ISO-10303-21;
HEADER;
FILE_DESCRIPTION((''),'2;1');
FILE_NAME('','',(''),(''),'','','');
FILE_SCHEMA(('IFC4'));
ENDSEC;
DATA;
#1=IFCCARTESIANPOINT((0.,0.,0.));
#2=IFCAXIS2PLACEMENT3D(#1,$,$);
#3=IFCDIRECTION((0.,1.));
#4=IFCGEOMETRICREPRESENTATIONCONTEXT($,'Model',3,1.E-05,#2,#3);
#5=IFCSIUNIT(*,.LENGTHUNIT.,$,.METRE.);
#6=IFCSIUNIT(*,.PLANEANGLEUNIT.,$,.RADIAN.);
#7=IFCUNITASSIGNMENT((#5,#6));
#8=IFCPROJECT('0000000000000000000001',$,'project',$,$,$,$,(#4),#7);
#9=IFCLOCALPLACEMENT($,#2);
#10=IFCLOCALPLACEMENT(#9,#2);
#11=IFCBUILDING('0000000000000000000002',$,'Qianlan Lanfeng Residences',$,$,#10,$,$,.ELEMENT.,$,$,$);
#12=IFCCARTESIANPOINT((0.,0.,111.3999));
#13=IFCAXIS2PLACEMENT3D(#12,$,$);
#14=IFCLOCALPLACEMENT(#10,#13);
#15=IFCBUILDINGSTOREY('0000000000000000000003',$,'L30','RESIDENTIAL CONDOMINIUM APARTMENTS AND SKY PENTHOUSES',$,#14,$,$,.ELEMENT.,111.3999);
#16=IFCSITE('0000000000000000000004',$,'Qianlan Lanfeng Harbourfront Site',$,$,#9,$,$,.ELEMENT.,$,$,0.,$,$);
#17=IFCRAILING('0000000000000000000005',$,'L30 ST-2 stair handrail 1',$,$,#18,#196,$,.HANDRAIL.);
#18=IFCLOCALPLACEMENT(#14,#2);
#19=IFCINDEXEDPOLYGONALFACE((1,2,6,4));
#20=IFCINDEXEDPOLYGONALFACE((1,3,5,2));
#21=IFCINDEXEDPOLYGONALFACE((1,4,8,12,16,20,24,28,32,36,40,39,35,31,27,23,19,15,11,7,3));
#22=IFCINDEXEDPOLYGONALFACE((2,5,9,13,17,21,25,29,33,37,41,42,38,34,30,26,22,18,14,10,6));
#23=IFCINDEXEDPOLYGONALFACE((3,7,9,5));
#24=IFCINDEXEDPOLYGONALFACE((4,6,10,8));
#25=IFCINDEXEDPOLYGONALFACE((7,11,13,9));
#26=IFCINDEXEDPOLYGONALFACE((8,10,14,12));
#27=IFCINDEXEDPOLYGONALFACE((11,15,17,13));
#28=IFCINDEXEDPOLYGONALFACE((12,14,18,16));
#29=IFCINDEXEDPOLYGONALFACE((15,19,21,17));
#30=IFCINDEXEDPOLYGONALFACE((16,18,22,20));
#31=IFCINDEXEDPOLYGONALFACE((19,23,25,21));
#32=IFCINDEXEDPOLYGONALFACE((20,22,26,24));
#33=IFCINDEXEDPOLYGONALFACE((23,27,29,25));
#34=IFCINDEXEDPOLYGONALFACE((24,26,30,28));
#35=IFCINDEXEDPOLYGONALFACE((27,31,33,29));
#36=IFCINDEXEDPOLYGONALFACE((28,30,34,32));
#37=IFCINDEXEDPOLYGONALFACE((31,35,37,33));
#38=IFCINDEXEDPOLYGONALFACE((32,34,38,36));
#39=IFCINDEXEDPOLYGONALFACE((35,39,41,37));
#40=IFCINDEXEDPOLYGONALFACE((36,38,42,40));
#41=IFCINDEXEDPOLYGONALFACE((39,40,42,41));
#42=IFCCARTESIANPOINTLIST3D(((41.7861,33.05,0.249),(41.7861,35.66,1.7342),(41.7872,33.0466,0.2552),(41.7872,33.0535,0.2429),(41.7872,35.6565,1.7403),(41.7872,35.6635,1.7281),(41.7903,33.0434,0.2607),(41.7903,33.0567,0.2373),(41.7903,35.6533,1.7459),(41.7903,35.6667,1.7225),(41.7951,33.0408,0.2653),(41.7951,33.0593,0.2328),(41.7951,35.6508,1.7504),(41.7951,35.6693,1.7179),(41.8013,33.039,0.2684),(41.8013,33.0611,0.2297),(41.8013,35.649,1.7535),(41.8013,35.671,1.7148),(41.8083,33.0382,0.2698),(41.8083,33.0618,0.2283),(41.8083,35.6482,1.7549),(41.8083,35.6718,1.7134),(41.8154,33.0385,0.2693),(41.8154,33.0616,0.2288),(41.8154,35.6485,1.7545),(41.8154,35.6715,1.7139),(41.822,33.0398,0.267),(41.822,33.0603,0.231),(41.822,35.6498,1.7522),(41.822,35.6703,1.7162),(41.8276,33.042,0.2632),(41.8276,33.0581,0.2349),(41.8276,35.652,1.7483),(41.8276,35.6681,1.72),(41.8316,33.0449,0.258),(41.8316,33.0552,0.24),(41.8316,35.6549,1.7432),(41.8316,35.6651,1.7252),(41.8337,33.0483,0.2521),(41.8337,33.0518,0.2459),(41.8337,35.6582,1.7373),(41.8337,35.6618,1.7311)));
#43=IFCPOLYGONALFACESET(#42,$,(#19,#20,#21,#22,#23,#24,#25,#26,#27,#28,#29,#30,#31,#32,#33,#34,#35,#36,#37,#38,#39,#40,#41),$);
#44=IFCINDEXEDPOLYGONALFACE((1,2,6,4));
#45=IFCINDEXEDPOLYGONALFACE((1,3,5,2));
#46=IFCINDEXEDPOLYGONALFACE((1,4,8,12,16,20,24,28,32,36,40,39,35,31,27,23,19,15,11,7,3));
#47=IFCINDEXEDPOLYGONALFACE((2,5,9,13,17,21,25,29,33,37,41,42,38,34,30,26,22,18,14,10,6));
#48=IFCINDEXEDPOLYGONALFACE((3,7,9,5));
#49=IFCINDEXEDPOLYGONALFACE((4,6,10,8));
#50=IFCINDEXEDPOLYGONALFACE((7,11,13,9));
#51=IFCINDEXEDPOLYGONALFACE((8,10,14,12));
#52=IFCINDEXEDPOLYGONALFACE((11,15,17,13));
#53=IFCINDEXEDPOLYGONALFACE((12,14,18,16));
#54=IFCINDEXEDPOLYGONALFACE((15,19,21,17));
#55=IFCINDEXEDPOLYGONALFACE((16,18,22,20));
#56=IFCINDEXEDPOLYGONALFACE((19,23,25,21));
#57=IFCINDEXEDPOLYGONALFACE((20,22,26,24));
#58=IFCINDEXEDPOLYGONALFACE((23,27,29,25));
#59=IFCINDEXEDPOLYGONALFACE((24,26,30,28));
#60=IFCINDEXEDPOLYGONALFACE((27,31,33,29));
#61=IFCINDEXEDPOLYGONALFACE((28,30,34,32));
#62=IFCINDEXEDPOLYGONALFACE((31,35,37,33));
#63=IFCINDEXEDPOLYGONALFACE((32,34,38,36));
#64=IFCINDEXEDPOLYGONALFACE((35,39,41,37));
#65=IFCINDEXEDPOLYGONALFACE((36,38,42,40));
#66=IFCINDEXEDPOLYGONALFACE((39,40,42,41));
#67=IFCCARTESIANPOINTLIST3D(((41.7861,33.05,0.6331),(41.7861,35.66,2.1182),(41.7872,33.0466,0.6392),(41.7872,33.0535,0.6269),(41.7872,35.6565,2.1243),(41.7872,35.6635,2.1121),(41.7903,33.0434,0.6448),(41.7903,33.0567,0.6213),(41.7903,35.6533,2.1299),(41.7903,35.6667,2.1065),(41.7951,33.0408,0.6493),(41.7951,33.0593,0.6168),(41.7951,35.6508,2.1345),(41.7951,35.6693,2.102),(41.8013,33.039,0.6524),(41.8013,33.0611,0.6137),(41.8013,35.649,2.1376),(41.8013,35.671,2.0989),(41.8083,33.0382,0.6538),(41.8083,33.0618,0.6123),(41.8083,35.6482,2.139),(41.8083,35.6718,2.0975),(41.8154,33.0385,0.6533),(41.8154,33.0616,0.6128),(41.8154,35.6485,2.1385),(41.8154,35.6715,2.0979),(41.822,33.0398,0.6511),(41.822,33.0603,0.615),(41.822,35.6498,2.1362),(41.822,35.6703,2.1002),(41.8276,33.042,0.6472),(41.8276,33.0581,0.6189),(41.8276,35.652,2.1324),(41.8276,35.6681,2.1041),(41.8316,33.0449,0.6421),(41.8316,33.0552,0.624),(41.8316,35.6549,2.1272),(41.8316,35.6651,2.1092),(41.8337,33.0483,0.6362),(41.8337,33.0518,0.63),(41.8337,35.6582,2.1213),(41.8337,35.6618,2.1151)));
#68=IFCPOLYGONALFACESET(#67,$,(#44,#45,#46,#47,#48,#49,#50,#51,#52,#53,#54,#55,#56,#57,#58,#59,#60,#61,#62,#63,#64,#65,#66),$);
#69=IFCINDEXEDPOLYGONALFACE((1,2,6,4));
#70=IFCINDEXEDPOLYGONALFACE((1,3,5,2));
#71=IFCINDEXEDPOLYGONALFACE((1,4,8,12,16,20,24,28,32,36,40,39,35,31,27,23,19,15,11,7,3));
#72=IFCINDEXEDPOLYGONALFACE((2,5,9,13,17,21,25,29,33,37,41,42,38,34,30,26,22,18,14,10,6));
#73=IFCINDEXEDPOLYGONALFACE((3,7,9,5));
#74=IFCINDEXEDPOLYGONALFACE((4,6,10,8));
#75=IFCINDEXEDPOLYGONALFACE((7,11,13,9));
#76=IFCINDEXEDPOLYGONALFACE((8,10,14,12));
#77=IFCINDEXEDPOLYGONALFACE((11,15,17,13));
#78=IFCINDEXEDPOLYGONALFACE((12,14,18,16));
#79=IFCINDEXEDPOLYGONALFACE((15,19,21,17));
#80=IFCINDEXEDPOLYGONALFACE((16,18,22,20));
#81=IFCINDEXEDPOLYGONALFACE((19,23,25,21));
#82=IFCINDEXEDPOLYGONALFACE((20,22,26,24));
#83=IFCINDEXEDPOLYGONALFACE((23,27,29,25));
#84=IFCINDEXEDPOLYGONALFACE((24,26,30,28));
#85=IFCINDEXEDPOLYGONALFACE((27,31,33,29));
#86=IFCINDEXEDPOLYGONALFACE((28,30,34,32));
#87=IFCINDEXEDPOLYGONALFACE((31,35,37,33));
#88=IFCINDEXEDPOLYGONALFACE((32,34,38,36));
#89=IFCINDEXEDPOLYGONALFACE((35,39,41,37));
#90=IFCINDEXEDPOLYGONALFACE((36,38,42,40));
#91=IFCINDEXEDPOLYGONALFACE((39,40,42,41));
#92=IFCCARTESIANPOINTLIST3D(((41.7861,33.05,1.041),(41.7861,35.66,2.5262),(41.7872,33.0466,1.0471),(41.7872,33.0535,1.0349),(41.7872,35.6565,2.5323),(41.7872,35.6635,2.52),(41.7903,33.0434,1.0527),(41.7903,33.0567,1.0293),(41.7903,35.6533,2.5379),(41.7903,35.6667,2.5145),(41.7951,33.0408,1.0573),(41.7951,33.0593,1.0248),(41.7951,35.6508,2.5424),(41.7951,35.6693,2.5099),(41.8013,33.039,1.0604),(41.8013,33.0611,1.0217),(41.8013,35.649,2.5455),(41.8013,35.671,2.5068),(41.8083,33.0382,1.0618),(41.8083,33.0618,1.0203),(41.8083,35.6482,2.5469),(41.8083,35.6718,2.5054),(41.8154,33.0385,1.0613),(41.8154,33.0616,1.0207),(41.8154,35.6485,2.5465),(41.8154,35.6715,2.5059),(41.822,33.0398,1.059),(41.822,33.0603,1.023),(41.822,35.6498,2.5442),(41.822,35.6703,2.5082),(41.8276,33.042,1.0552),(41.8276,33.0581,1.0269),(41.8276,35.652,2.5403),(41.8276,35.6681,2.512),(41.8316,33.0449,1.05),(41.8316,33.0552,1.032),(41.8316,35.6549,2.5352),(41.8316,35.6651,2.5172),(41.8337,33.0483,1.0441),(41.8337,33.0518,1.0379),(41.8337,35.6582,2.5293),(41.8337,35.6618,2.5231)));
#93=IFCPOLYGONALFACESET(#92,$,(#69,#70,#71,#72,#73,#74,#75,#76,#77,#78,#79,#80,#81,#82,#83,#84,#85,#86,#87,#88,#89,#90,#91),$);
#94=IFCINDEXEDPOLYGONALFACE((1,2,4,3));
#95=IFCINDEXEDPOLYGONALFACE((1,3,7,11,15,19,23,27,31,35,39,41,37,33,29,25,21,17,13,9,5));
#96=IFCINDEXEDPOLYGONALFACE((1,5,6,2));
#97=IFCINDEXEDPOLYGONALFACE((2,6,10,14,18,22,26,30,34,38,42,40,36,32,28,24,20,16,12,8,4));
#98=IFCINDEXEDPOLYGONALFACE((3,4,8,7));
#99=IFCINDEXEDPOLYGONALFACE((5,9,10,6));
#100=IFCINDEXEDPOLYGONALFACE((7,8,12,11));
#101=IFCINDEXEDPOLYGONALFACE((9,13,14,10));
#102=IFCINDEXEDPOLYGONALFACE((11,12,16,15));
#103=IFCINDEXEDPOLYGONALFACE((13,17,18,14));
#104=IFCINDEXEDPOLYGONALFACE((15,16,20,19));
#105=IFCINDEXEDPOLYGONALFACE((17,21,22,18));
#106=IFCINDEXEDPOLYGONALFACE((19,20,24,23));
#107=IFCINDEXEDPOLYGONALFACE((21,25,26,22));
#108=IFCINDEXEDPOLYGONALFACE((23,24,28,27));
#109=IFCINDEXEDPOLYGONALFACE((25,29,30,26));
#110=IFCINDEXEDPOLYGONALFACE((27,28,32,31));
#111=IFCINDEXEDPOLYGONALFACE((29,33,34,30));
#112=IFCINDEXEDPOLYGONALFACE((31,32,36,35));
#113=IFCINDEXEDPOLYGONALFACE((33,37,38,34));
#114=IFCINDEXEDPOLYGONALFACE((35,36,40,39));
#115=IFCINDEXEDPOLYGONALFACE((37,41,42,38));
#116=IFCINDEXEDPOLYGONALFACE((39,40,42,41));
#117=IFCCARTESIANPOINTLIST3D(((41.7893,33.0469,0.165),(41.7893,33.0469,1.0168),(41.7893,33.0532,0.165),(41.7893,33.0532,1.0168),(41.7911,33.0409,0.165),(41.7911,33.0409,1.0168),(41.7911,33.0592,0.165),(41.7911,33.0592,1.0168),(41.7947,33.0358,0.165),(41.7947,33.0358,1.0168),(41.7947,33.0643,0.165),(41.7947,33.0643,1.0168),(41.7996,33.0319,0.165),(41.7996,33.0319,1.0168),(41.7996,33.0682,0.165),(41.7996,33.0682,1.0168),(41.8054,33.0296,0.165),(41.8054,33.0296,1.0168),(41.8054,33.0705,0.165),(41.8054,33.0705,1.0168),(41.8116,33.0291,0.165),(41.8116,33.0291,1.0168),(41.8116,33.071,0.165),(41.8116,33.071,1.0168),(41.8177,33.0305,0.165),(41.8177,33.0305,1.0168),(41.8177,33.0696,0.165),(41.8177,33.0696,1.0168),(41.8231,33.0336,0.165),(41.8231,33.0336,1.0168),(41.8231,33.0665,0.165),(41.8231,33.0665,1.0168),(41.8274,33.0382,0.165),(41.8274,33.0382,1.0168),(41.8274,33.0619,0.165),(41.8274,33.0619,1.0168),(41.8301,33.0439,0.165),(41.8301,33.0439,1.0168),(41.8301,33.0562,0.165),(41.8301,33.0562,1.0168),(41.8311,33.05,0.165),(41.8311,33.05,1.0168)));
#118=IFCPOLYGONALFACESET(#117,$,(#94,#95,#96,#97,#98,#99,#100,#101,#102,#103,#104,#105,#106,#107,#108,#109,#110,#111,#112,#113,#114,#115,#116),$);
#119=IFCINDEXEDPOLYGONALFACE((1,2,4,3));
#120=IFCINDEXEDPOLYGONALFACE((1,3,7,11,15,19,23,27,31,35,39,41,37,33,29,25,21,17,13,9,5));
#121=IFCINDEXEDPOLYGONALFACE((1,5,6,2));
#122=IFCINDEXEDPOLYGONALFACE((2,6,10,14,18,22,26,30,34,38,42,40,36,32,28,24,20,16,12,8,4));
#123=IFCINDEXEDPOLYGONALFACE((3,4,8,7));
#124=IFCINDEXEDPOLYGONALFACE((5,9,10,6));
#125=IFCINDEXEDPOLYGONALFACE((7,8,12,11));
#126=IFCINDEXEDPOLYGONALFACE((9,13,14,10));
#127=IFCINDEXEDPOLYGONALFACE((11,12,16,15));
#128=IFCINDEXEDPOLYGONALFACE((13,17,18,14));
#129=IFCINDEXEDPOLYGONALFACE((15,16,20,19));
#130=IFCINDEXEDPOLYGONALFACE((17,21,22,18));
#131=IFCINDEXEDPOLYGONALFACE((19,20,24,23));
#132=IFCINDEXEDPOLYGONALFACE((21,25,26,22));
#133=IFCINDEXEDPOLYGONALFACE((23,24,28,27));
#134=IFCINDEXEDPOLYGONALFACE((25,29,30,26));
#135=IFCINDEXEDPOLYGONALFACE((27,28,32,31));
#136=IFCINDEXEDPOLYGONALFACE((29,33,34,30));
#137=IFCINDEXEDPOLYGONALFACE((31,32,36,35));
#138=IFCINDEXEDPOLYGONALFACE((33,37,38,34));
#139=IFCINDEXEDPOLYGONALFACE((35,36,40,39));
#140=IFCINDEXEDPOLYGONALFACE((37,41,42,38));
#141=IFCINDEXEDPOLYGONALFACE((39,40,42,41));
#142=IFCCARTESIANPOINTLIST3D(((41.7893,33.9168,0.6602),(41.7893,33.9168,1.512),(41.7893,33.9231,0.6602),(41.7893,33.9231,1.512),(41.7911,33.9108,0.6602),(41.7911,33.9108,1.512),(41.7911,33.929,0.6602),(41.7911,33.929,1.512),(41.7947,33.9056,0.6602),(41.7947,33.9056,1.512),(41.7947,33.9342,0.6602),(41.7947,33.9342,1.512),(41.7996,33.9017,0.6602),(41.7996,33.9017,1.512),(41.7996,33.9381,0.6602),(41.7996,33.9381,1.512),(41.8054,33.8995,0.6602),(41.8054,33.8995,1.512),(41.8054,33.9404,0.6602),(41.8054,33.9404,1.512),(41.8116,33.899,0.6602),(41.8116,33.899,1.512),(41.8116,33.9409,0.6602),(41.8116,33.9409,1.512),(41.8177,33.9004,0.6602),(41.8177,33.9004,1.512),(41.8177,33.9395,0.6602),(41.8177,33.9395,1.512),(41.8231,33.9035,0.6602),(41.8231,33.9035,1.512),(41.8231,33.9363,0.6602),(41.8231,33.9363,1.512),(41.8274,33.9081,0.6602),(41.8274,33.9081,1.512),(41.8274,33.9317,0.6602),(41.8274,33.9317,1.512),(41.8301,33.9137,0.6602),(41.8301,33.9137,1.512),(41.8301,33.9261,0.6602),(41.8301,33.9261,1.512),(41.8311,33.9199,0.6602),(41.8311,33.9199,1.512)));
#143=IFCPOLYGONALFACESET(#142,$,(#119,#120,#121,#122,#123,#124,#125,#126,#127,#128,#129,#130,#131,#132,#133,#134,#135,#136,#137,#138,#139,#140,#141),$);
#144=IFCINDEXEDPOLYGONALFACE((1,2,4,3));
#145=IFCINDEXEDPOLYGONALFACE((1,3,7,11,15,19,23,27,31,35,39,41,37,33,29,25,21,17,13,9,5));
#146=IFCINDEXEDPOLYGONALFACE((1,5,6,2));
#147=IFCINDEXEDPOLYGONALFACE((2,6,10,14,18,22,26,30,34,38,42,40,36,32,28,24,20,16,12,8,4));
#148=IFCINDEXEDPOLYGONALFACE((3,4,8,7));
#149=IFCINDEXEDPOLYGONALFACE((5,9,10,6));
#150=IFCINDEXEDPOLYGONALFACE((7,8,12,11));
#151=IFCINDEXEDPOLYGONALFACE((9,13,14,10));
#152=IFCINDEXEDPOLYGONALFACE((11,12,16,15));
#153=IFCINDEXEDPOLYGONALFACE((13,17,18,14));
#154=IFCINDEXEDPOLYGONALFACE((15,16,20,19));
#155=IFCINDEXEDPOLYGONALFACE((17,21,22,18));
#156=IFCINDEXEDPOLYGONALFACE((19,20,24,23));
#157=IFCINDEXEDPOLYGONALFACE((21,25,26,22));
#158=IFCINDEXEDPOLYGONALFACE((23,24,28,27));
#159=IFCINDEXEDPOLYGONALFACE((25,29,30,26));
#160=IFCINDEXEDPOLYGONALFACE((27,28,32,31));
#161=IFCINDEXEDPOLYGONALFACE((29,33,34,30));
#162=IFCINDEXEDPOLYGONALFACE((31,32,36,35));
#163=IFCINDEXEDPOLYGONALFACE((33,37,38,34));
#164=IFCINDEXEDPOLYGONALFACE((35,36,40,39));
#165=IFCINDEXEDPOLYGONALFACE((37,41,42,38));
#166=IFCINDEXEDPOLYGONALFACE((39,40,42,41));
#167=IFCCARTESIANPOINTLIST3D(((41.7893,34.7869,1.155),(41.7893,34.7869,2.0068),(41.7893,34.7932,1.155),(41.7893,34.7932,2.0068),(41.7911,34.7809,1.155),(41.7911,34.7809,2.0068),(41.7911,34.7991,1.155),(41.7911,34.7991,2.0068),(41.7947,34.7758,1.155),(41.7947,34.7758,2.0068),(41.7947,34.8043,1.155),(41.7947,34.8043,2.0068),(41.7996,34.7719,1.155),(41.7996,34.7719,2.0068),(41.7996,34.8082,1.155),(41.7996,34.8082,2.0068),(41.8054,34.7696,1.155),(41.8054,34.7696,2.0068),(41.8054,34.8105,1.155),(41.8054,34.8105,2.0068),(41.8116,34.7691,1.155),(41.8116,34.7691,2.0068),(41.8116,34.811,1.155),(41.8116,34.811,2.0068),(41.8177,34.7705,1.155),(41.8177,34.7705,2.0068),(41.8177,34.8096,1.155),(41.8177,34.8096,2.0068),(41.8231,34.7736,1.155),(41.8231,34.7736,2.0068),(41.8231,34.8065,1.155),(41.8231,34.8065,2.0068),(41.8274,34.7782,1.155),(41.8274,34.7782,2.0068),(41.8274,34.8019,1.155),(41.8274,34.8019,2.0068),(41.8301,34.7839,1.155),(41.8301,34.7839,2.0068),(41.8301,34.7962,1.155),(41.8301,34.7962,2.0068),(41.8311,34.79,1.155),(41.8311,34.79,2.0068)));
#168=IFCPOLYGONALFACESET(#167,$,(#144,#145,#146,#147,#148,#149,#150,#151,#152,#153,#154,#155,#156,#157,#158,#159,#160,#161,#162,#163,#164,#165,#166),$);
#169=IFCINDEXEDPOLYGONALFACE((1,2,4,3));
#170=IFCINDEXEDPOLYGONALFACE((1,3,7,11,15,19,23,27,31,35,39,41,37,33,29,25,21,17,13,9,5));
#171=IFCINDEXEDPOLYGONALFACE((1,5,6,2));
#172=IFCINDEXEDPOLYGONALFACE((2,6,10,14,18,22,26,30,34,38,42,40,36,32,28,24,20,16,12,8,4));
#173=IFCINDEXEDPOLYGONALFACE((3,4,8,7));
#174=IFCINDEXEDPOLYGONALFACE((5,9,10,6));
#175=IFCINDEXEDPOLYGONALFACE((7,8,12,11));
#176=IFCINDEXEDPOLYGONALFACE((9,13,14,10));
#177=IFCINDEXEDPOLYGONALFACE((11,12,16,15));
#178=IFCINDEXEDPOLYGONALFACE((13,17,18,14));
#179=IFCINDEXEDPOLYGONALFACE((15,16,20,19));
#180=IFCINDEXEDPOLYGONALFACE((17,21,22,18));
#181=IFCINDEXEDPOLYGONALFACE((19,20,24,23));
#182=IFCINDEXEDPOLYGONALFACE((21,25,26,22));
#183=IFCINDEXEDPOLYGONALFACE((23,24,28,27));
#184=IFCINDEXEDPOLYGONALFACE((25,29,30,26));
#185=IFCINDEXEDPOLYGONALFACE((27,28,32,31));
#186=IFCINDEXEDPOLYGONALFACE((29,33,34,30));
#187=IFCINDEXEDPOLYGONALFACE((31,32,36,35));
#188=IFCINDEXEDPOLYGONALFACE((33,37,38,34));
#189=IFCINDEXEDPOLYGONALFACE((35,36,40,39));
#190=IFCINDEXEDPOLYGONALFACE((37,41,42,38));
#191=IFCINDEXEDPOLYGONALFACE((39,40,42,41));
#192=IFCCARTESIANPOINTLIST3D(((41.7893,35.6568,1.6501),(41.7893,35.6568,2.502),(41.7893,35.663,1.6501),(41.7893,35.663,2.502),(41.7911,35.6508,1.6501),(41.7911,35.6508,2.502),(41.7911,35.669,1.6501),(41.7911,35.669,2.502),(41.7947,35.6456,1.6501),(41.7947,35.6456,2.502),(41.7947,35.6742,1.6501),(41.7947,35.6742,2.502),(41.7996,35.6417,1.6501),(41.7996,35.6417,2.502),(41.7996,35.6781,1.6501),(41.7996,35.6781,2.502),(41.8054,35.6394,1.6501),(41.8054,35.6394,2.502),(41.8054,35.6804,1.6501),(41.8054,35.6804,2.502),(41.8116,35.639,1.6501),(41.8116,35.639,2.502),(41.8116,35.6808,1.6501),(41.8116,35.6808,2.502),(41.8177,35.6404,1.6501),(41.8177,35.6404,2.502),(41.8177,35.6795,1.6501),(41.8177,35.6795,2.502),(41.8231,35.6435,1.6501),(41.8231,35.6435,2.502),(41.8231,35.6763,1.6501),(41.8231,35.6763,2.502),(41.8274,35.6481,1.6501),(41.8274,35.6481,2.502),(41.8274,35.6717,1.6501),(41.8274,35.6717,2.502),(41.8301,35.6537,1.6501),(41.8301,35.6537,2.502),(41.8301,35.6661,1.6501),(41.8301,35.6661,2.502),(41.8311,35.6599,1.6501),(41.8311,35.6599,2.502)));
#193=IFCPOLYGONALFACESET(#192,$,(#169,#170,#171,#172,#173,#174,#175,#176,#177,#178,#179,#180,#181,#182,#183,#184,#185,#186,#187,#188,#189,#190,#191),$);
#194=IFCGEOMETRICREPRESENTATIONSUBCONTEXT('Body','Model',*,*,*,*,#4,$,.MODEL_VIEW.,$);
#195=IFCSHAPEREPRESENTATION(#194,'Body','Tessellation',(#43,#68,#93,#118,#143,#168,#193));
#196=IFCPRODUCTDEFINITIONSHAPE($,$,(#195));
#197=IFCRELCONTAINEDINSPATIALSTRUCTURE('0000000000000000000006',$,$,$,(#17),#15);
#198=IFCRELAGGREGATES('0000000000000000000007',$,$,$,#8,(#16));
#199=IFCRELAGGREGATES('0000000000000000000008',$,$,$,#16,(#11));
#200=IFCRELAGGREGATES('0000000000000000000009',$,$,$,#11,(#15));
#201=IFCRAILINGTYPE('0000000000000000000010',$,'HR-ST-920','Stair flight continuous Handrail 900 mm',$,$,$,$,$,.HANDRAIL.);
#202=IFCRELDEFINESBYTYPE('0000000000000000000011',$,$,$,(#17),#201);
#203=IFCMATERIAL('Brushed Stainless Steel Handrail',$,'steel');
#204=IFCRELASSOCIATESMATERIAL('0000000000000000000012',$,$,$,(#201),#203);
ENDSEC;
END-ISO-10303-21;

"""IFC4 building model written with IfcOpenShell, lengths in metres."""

from ifc_helpers import new_model, si_unit, direction, frame, origin, origin_2d, place, context, subcontext, project, spatial, circle, extrude, material, type_object, element, save


model = new_model("IFC4")

# Units and contexts
model_context = context("Model", 3, precision=1e-05, world=origin(), true_north=direction((0.0, 1.0)))
body_context = subcontext(model_context, "Body", "Model", "MODEL_VIEW")
ifc_project = project(units=[si_unit("LENGTHUNIT", "METRE"), si_unit("PLANEANGLEUNIT", "RADIAN")], contexts=[model_context])

# Site, building, storey
site_placement = place(None, origin())
site = spatial("IfcSite", under=ifc_project, at=site_placement, Name="Qianlan Lanfeng Harbourfront Site", CompositionType="ELEMENT", RefElevation=0.0)
building_placement = place(site_placement, origin())
building = spatial("IfcBuilding", under=site, at=building_placement, Name="Qianlan Lanfeng Residences", CompositionType="ELEMENT")
storey_placement = place(building_placement, frame((0.0, 0.0, 111.3999)))
storey = spatial("IfcBuildingStorey", under=building, at=storey_placement, Name="L30", Description="RESIDENTIAL CONDOMINIUM APARTMENTS AND SKY PENTHOUSES", CompositionType="ELEMENT", Elevation=111.3999)

# Railing
ifc_material_1 = material(Name="Brushed Stainless Steel Handrail", Category="steel")
railing_type_1 = type_object("IfcRailingType", Name="HR-ST-920", Description="Stair flight continuous Handrail 900 mm", PredefinedType="HANDRAIL", material=ifc_material_1)
railing_1_placement = place(storey_placement, frame((41.8101, 33.05, 0.165)))
element("IfcRailing", 1, at=railing_1_placement, inside=storey, type_object=railing_type_1, Name="L30 ST-2 stair handrail 1", PredefinedType="HANDRAIL", context=body_context, shape_type="SweptSolid", body=[
    extrude(circle(Radius=0.0239, at=origin_2d()), frame((0.0, 0.0, 0.084), z_axis=(0.0, 0.869137, 0.494571), x_axis=(-1.0, 0.0, 0.0)), (0.0, 0.0, 1.0), 3.0029),
    extrude(circle(Radius=0.0239, at=origin_2d()), frame((0.0, 0.0, 0.468), z_axis=(0.0, 0.869137, 0.494571), x_axis=(-1.0, 0.0, 0.0)), (0.0, 0.0, 1.0), 3.0029),
    extrude(circle(Radius=0.0239, at=origin_2d()), frame((0.0, 0.0, 0.876), z_axis=(0.0, 0.869137, 0.494571), x_axis=(-1.0, 0.0, 0.0)), (0.0, 0.0, 1.0), 3.0029),
    extrude(circle(Radius=0.021, at=origin_2d()), origin(), (0.0, 0.0, 1.0), 0.8518),
    extrude(circle(Radius=0.021, at=origin_2d()), frame((0.0, 0.8699, 0.4951)), (0.0, 0.0, 1.0), 0.8518),
    extrude(circle(Radius=0.021, at=origin_2d()), frame((0.0, 1.74, 0.99)), (0.0, 0.0, 1.0), 0.8518),
    extrude(circle(Radius=0.021, at=origin_2d()), frame((0.0, 2.6099, 1.4851)), (0.0, 0.0, 1.0), 0.8518),
])

save(model, "model.ifc")
